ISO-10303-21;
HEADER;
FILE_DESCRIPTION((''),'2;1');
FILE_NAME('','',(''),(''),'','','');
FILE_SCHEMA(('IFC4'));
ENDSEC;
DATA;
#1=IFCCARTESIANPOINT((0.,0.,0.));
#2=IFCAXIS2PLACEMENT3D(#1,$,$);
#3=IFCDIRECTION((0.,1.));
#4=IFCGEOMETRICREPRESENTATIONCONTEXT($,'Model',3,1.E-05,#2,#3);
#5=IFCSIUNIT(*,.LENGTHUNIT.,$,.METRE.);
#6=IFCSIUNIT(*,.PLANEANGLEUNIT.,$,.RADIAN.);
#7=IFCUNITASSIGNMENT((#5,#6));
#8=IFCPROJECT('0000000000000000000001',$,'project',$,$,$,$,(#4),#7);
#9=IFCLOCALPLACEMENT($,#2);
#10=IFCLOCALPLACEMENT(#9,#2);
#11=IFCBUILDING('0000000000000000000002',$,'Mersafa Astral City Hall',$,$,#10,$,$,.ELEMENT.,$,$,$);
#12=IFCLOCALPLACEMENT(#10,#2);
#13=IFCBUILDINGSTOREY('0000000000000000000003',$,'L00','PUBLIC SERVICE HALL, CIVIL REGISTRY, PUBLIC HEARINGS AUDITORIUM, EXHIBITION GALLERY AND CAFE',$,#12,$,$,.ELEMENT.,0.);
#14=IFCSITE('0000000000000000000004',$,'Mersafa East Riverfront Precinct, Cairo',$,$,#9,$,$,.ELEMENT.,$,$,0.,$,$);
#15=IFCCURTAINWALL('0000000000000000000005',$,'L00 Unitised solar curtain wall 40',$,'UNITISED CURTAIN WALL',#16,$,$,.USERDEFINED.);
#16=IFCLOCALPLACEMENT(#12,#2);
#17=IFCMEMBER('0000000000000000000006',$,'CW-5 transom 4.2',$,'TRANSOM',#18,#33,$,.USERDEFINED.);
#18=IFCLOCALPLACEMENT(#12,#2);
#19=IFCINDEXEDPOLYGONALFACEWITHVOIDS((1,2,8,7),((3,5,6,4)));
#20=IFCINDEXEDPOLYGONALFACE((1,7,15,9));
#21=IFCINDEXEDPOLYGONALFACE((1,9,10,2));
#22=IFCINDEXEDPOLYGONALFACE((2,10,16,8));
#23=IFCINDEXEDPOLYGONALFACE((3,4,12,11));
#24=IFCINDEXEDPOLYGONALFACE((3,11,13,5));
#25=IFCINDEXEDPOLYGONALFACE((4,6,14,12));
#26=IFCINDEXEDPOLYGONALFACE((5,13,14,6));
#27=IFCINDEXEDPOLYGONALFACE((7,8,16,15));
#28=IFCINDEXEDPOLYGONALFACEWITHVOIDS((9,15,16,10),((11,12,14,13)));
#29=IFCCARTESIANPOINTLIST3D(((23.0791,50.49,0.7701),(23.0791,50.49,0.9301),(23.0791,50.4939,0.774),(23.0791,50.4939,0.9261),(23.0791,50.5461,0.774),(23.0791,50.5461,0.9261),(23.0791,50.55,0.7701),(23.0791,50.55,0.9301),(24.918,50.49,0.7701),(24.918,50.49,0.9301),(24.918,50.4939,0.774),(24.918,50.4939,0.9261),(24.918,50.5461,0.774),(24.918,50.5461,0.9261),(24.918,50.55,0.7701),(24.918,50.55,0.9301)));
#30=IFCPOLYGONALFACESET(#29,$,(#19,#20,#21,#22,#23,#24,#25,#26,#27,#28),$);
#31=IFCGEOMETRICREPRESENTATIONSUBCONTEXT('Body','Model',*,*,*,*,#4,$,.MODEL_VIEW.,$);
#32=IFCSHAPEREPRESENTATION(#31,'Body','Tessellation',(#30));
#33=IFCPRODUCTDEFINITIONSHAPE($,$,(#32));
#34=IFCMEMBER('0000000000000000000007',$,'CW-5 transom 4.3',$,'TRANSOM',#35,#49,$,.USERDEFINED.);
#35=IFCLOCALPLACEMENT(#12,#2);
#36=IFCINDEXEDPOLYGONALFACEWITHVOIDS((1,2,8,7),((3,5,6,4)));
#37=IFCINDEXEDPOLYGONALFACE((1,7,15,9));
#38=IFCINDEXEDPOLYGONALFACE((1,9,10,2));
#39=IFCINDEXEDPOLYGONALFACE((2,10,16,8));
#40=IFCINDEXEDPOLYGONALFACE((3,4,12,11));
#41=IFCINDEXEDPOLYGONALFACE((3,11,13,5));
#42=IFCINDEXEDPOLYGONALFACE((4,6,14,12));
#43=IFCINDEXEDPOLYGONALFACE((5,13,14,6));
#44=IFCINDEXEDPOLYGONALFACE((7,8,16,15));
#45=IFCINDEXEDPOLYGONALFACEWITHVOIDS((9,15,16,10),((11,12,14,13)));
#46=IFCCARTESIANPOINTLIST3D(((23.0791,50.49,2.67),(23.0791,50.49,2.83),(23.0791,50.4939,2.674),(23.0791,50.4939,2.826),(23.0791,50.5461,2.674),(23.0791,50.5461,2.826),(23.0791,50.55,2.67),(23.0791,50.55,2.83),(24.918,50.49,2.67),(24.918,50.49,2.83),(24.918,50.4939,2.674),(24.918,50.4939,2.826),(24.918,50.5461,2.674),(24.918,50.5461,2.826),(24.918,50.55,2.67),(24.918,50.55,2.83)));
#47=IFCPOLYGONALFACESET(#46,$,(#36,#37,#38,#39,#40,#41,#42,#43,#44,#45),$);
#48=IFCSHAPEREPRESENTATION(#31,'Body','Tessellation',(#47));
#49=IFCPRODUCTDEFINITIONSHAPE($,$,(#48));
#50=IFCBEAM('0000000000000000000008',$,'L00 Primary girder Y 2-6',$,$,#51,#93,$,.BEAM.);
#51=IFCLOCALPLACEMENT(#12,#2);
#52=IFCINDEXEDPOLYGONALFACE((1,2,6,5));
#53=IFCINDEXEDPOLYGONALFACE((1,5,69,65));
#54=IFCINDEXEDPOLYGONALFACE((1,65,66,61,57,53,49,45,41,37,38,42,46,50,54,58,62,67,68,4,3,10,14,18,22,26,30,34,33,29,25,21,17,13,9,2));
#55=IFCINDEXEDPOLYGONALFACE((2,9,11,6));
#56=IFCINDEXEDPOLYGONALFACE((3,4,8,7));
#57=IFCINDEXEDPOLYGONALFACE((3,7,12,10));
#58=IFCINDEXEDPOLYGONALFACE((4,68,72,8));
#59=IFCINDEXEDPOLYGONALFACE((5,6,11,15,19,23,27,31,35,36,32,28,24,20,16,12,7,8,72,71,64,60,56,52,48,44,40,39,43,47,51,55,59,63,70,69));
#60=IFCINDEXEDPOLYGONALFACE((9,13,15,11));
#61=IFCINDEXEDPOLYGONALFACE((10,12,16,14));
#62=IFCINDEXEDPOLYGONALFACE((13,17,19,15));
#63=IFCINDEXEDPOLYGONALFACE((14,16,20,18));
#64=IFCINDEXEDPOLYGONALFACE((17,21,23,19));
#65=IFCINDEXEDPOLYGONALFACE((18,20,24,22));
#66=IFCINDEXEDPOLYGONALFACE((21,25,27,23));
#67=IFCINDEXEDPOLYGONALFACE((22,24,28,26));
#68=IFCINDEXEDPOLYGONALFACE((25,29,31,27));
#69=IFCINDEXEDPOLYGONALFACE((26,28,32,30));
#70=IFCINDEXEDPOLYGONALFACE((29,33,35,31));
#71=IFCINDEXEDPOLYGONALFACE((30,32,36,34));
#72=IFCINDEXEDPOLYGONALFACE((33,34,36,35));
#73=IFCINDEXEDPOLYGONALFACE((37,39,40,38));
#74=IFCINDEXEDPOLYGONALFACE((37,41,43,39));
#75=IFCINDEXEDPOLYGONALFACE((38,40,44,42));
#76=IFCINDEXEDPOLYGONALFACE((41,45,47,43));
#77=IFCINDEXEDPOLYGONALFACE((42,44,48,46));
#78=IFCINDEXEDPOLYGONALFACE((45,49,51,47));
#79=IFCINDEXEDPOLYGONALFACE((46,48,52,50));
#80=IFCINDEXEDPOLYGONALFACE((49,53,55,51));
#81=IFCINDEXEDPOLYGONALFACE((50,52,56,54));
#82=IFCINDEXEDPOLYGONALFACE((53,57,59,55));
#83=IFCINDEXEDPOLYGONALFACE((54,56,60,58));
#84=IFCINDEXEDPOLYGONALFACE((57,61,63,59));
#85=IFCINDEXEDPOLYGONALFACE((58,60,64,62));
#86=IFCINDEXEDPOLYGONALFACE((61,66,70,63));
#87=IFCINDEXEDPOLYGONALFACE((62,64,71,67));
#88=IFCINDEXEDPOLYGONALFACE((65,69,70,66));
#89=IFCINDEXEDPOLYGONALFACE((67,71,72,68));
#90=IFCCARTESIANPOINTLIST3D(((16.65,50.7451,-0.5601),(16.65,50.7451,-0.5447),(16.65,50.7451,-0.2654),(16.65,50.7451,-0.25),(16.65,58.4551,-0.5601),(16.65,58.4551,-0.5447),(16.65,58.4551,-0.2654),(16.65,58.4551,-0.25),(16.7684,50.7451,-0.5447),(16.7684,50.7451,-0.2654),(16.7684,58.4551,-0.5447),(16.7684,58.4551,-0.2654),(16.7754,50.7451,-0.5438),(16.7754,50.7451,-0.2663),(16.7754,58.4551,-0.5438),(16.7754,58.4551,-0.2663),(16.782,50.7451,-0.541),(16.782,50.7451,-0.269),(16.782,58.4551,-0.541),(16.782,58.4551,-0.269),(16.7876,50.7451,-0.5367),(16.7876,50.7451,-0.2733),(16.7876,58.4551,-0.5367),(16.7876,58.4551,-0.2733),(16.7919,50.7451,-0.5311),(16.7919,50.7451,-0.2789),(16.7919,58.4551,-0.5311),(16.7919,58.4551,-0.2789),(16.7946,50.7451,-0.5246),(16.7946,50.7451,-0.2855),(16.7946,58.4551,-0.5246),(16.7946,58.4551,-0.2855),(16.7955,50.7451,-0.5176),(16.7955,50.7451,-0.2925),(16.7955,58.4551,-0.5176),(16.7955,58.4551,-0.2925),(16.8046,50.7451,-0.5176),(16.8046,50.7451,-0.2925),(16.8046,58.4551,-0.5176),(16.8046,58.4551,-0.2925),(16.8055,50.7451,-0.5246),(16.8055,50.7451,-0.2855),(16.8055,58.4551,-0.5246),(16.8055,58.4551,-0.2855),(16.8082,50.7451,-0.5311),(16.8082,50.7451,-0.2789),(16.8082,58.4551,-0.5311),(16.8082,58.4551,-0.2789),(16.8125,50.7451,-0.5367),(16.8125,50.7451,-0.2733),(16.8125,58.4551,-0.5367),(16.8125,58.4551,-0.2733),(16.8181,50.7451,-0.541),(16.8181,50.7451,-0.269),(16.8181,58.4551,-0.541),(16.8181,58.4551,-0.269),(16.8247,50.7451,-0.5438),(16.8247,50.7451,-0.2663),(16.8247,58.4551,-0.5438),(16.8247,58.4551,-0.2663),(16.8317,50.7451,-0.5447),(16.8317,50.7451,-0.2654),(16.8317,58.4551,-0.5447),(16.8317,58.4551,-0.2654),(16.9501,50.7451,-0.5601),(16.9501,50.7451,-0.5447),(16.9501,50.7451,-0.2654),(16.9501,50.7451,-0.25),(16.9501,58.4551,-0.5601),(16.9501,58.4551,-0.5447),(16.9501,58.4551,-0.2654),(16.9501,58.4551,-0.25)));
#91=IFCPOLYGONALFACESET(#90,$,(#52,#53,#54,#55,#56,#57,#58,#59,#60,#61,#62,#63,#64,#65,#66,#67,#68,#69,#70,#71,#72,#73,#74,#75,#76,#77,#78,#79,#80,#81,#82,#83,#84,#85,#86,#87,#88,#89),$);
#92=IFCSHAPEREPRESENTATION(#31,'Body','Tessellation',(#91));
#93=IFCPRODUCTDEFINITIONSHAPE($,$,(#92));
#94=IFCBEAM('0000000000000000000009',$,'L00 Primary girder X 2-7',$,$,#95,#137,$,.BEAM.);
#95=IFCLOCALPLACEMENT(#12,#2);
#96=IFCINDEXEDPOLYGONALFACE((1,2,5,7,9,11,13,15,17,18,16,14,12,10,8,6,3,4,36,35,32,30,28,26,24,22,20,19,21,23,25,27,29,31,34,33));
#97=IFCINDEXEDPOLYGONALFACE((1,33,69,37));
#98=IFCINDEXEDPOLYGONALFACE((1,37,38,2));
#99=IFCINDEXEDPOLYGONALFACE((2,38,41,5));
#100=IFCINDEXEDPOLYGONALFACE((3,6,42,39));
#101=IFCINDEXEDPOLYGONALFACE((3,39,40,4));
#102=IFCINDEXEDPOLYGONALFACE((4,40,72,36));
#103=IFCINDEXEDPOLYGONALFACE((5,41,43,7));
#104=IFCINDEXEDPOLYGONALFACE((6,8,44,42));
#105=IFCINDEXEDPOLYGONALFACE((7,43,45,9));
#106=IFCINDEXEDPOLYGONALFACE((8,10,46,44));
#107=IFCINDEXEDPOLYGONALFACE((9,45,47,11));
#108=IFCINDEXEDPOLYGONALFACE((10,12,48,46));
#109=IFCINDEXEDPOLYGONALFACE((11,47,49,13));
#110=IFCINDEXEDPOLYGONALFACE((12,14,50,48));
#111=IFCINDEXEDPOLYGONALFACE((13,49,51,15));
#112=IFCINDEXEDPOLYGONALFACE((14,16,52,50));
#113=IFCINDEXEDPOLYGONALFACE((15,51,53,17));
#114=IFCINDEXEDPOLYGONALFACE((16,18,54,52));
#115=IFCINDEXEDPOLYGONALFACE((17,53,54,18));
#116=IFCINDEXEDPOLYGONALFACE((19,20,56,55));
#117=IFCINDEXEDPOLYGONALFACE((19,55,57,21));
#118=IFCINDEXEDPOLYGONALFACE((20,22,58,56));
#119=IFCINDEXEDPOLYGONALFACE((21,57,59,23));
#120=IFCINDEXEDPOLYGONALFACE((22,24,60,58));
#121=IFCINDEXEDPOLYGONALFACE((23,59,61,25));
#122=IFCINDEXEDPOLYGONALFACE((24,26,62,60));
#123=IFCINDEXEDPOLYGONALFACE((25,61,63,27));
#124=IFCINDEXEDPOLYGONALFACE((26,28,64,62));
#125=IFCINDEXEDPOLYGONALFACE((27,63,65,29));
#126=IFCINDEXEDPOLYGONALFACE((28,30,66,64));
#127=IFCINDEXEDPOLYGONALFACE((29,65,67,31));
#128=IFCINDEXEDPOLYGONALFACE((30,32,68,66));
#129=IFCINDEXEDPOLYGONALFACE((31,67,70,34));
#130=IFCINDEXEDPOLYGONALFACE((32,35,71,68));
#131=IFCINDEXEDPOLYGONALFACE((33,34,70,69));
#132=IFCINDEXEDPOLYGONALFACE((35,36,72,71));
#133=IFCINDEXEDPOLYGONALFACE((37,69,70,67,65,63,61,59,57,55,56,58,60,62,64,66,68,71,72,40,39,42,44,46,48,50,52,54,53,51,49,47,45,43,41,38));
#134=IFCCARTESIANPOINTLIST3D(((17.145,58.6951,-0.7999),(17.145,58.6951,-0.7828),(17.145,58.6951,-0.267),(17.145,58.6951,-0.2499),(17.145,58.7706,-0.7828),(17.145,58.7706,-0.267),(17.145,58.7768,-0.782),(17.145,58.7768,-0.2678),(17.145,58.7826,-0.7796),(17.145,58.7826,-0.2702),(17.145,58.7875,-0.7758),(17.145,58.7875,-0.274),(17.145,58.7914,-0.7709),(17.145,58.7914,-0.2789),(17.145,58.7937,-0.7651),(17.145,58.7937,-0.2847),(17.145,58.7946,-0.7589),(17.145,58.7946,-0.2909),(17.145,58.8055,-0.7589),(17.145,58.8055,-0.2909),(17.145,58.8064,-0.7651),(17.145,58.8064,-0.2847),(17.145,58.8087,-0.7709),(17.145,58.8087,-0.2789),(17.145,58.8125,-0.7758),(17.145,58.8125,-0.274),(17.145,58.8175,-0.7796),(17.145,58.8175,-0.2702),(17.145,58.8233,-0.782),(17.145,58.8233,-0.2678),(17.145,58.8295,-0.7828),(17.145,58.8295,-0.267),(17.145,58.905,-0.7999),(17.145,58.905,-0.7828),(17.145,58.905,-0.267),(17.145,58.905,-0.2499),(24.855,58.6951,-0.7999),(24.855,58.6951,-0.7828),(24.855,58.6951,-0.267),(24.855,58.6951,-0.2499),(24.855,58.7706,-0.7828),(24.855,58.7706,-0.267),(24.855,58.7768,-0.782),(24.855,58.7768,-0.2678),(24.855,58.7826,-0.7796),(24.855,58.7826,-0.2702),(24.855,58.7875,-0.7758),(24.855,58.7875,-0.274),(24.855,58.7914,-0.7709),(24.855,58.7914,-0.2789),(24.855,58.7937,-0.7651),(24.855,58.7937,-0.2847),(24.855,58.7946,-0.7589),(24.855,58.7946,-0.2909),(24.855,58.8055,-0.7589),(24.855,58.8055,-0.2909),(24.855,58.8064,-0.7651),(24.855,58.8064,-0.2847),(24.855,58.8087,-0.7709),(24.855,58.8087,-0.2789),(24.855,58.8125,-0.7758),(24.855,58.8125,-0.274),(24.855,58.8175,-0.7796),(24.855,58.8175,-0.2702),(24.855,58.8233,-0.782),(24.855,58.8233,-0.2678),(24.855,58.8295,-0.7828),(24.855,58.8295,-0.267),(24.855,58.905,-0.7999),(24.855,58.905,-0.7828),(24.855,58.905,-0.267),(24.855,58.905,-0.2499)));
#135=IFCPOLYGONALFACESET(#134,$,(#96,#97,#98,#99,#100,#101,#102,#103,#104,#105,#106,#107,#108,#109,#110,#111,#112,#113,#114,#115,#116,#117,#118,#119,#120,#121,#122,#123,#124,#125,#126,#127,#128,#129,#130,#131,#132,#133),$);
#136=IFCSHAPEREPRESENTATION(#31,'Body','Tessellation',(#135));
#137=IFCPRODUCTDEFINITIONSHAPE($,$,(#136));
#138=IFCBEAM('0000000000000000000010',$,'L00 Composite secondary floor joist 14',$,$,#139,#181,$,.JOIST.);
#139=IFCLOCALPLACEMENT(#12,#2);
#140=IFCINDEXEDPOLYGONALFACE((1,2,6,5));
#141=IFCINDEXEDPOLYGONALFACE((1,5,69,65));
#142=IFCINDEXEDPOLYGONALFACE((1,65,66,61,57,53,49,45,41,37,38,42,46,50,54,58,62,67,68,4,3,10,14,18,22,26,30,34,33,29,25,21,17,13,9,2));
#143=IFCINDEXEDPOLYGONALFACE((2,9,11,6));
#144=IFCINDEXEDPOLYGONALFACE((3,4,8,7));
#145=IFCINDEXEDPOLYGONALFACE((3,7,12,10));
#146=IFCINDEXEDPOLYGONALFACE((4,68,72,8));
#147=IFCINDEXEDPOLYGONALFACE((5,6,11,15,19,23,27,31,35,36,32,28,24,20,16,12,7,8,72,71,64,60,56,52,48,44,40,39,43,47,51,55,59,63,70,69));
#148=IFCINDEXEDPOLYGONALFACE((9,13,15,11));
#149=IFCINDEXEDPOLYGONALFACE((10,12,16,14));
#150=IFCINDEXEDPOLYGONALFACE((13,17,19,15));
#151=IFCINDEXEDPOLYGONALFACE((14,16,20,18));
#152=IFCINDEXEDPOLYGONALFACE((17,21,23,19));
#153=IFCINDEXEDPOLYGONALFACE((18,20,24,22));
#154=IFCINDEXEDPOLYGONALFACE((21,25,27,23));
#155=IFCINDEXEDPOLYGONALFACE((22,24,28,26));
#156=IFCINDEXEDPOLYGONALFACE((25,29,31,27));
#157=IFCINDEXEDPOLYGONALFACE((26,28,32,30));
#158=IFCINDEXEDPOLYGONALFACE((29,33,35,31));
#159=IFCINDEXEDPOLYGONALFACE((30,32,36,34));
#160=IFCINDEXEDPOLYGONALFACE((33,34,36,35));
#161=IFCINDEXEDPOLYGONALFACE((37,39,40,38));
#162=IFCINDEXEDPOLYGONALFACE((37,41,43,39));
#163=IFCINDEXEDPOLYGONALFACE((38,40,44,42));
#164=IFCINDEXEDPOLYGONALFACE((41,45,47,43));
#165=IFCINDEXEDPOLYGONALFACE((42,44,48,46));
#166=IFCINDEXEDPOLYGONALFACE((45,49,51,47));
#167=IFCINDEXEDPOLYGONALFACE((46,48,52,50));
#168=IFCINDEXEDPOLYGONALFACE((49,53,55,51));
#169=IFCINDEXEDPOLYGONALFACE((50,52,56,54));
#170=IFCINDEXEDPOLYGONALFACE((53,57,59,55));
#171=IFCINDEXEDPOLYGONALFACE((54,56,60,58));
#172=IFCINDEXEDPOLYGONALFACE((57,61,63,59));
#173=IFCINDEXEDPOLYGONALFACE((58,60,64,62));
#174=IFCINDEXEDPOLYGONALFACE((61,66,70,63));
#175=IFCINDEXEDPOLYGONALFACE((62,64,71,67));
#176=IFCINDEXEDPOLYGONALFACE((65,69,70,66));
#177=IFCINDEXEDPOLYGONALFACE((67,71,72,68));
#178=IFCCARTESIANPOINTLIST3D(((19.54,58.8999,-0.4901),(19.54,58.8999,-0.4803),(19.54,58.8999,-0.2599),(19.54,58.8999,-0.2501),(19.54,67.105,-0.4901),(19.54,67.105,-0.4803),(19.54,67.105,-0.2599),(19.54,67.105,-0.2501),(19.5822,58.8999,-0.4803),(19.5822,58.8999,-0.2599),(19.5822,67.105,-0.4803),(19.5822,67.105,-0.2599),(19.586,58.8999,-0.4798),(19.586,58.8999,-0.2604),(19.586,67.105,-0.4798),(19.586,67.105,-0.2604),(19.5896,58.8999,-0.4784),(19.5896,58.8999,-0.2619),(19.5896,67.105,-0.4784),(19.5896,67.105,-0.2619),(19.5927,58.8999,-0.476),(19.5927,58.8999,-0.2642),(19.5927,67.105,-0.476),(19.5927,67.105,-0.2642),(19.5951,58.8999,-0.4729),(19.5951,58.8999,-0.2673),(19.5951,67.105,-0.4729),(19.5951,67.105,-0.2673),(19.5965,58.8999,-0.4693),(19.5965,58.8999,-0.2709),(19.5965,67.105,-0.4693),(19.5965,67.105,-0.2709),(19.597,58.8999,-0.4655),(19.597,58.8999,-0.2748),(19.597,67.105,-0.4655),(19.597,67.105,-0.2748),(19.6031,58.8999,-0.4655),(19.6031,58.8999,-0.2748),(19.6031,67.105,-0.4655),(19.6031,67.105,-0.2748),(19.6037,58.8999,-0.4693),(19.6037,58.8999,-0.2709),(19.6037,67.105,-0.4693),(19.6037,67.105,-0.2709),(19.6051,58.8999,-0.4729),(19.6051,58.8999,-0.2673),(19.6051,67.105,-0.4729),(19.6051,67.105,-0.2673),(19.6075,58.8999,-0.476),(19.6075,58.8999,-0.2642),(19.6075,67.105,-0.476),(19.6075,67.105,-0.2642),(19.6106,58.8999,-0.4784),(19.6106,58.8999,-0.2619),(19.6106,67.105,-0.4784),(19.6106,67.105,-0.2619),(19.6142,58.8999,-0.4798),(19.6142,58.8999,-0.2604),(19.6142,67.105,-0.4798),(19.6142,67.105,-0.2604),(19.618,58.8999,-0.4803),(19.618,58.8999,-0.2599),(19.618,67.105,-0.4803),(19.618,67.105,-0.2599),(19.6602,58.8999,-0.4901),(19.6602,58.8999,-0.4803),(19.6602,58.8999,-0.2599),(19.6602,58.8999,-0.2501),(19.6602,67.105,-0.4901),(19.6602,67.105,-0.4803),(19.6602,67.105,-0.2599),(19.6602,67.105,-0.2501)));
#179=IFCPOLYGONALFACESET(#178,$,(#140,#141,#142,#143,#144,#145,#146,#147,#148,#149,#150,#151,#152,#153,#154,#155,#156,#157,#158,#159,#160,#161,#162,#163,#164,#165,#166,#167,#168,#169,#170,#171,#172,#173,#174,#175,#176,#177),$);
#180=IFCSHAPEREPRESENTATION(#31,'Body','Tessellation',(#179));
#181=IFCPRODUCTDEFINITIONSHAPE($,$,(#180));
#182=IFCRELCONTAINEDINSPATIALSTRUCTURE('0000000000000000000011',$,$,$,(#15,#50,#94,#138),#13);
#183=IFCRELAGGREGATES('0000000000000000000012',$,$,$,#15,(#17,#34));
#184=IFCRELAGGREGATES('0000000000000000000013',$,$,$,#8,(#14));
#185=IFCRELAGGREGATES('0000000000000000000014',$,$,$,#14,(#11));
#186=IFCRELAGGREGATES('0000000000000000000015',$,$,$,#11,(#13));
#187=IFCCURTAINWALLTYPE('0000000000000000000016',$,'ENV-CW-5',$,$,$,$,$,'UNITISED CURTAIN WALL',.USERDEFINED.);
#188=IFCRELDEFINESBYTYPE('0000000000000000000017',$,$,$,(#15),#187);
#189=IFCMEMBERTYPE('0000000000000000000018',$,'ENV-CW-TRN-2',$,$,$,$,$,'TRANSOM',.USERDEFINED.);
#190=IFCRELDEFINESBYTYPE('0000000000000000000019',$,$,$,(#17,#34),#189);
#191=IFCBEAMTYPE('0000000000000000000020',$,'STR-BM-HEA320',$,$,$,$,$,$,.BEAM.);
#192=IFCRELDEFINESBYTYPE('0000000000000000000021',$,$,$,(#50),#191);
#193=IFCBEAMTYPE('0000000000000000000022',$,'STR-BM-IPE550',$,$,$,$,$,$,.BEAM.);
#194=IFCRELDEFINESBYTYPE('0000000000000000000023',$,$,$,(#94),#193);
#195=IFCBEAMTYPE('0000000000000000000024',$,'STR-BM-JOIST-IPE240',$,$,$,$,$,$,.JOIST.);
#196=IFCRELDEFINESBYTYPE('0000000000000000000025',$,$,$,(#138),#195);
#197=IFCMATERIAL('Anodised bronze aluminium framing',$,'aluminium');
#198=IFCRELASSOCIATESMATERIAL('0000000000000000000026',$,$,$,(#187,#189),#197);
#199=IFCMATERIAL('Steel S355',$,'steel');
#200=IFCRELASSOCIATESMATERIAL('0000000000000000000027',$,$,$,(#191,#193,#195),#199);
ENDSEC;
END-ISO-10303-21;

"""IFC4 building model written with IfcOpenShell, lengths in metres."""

from ifc_helpers import new_model, si_unit, direction, frame, origin, origin_2d, place, context, subcontext, project, spatial, hollow_rectangle, i_section, extrude, material, material_profile, profile_set, type_object, element, aggregate, save


model = new_model("IFC4")

# Units and contexts
model_context = context("Model", 3, precision=1e-05, world=origin(), true_north=direction((0.0, 1.0)))
body_context = subcontext(model_context, "Body", "Model", "MODEL_VIEW")
ifc_project = project(units=[si_unit("LENGTHUNIT", "METRE"), si_unit("PLANEANGLEUNIT", "RADIAN")], contexts=[model_context])

# Site, building, storey
site_placement = place(None, origin())
site = spatial("IfcSite", under=ifc_project, at=site_placement, Name="Mersafa East Riverfront Precinct, Cairo", CompositionType="ELEMENT", RefElevation=0.0)
building_placement = place(site_placement, origin())
building = spatial("IfcBuilding", under=site, at=building_placement, Name="Mersafa Astral City Hall", CompositionType="ELEMENT")
storey_placement = place(building_placement, origin())
storey = spatial("IfcBuildingStorey", under=building, at=storey_placement, Name="L00", Description="PUBLIC SERVICE HALL, CIVIL REGISTRY, PUBLIC HEARINGS AUDITORIUM, EXHIBITION GALLERY AND CAFE", CompositionType="ELEMENT", Elevation=0.0)

# Shared definitions
ifc_material_1 = material(Name="Steel S355", Category="steel")

# Curtain wall, members
ifc_material_2 = material(Name="Anodised bronze aluminium framing", Category="aluminium")
curtain_wall_type = type_object("IfcCurtainWallType", Name="ENV-CW-5", ElementType="UNITISED CURTAIN WALL", PredefinedType="USERDEFINED", material=ifc_material_2)
curtain_wall_placement = place(storey_placement, origin())
curtain_wall = element("IfcCurtainWall", 1, at=curtain_wall_placement, inside=storey, type_object=curtain_wall_type, Name="L00 Unitised solar curtain wall 40", ObjectType="UNITISED CURTAIN WALL", PredefinedType="USERDEFINED")
ifc_material_profile_1 = material_profile(ifc_material_2, hollow_rectangle(XDim=0.0601, YDim=0.1599, WallThickness=0.0039, at=origin_2d()), Name="RHS 60x160x4")
ifc_profile_set_1 = profile_set([ifc_material_profile_1], Name="Anodised bronze aluminium framing")
member_type_1 = type_object("IfcMemberType", Name="ENV-CW-TRN-2", ElementType="TRANSOM", PredefinedType="USERDEFINED", material=ifc_profile_set_1)
member_1_placement = place(storey_placement, frame((23.0791, 50.52, 0.8501), z_axis=(1.0, 0.0, 0.0), x_axis=(0.0, 1.0, 0.0)))
member_1 = element("IfcMember", 2, at=member_1_placement, type_object=member_type_1, Name="CW-5 transom 4.2", ObjectType="TRANSOM", PredefinedType="USERDEFINED", context=body_context, shape_type="SweptSolid", body=[
    extrude(hollow_rectangle(XDim=0.0601, YDim=0.1599, WallThickness=0.0039, at=origin_2d()), origin(), (0.0, 0.0, 1.0), 1.8389),
])
member_2_placement = place(storey_placement, frame((23.0791, 50.52, 2.75), z_axis=(1.0, 0.0, 0.0), x_axis=(0.0, 1.0, 0.0)))
member_2 = element("IfcMember", 3, at=member_2_placement, type_object=member_type_1, Name="CW-5 transom 4.3", ObjectType="TRANSOM", PredefinedType="USERDEFINED", context=body_context, shape_type="SweptSolid", body=[
    extrude(hollow_rectangle(XDim=0.0601, YDim=0.1599, WallThickness=0.0039, at=origin_2d()), origin(), (0.0, 0.0, 1.0), 1.8389),
])

# Beams
ifc_material_profile_2 = material_profile(ifc_material_1, i_section(OverallWidth=0.3, OverallDepth=0.3101, WebThickness=0.009, FlangeThickness=0.0154, FilletRadius=0.0271, at=origin_2d()), Name="HEA 320")
ifc_profile_set_2 = profile_set([ifc_material_profile_2], Name="Steel S355")
beam_type_1 = type_object("IfcBeamType", Name="STR-BM-HEA320", PredefinedType="BEAM", material=ifc_profile_set_2)
beam_1_placement = place(storey_placement, frame((16.8, 50.7451, -0.405), z_axis=(0.0, 1.0, 0.0), x_axis=(-1.0, 0.0, 0.0)))
element("IfcBeam", 4, at=beam_1_placement, inside=storey, type_object=beam_type_1, Name="L00 Primary girder Y 2-6", PredefinedType="BEAM", context=body_context, shape_type="SweptSolid", body=[
    extrude(i_section(OverallWidth=0.3, OverallDepth=0.3101, WebThickness=0.009, FlangeThickness=0.0154, FilletRadius=0.0271, at=origin_2d()), origin(), (0.0, 0.0, 1.0), 7.71),
])
ifc_material_profile_3 = material_profile(ifc_material_1, i_section(OverallWidth=0.21, OverallDepth=0.55, WebThickness=0.011, FlangeThickness=0.0171, FilletRadius=0.0239, at=origin_2d()), Name="IPE 550")
ifc_profile_set_3 = profile_set([ifc_material_profile_3], Name="Steel S355")
beam_type_2 = type_object("IfcBeamType", Name="STR-BM-IPE550", PredefinedType="BEAM", material=ifc_profile_set_3)
beam_2_placement = place(storey_placement, frame((17.145, 58.8, -0.5249), z_axis=(1.0, 0.0, 0.0), x_axis=(0.0, 1.0, 0.0)))
element("IfcBeam", 5, at=beam_2_placement, inside=storey, type_object=beam_type_2, Name="L00 Primary girder X 2-7", PredefinedType="BEAM", context=body_context, shape_type="SweptSolid", body=[
    extrude(i_section(OverallWidth=0.21, OverallDepth=0.55, WebThickness=0.011, FlangeThickness=0.0171, FilletRadius=0.0239, at=origin_2d()), origin(), (0.0, 0.0, 1.0), 7.71),
])
ifc_material_profile_4 = material_profile(ifc_material_1, i_section(OverallWidth=0.1201, OverallDepth=0.24, WebThickness=0.0061, FlangeThickness=0.0098, FilletRadius=0.0149, at=origin_2d()), Name="IPE 240")
ifc_profile_set_4 = profile_set([ifc_material_profile_4], Name="Steel S355")
beam_type_3 = type_object("IfcBeamType", Name="STR-BM-JOIST-IPE240", PredefinedType="JOIST", material=ifc_profile_set_4)
beam_3_placement = place(storey_placement, frame((19.6001, 58.8999, -0.3701), z_axis=(0.0, 1.0, 0.0), x_axis=(-1.0, 0.0, 0.0)))
element("IfcBeam", 6, at=beam_3_placement, inside=storey, type_object=beam_type_3, Name="L00 Composite secondary floor joist 14", PredefinedType="JOIST", context=body_context, shape_type="SweptSolid", body=[
    extrude(i_section(OverallWidth=0.1201, OverallDepth=0.24, WebThickness=0.0061, FlangeThickness=0.0098, FilletRadius=0.0149, at=origin_2d()), origin(), (0.0, 0.0, 1.0), 8.2051),
])

aggregate(curtain_wall, [member_1, member_2])

save(model, "model.ifc")
